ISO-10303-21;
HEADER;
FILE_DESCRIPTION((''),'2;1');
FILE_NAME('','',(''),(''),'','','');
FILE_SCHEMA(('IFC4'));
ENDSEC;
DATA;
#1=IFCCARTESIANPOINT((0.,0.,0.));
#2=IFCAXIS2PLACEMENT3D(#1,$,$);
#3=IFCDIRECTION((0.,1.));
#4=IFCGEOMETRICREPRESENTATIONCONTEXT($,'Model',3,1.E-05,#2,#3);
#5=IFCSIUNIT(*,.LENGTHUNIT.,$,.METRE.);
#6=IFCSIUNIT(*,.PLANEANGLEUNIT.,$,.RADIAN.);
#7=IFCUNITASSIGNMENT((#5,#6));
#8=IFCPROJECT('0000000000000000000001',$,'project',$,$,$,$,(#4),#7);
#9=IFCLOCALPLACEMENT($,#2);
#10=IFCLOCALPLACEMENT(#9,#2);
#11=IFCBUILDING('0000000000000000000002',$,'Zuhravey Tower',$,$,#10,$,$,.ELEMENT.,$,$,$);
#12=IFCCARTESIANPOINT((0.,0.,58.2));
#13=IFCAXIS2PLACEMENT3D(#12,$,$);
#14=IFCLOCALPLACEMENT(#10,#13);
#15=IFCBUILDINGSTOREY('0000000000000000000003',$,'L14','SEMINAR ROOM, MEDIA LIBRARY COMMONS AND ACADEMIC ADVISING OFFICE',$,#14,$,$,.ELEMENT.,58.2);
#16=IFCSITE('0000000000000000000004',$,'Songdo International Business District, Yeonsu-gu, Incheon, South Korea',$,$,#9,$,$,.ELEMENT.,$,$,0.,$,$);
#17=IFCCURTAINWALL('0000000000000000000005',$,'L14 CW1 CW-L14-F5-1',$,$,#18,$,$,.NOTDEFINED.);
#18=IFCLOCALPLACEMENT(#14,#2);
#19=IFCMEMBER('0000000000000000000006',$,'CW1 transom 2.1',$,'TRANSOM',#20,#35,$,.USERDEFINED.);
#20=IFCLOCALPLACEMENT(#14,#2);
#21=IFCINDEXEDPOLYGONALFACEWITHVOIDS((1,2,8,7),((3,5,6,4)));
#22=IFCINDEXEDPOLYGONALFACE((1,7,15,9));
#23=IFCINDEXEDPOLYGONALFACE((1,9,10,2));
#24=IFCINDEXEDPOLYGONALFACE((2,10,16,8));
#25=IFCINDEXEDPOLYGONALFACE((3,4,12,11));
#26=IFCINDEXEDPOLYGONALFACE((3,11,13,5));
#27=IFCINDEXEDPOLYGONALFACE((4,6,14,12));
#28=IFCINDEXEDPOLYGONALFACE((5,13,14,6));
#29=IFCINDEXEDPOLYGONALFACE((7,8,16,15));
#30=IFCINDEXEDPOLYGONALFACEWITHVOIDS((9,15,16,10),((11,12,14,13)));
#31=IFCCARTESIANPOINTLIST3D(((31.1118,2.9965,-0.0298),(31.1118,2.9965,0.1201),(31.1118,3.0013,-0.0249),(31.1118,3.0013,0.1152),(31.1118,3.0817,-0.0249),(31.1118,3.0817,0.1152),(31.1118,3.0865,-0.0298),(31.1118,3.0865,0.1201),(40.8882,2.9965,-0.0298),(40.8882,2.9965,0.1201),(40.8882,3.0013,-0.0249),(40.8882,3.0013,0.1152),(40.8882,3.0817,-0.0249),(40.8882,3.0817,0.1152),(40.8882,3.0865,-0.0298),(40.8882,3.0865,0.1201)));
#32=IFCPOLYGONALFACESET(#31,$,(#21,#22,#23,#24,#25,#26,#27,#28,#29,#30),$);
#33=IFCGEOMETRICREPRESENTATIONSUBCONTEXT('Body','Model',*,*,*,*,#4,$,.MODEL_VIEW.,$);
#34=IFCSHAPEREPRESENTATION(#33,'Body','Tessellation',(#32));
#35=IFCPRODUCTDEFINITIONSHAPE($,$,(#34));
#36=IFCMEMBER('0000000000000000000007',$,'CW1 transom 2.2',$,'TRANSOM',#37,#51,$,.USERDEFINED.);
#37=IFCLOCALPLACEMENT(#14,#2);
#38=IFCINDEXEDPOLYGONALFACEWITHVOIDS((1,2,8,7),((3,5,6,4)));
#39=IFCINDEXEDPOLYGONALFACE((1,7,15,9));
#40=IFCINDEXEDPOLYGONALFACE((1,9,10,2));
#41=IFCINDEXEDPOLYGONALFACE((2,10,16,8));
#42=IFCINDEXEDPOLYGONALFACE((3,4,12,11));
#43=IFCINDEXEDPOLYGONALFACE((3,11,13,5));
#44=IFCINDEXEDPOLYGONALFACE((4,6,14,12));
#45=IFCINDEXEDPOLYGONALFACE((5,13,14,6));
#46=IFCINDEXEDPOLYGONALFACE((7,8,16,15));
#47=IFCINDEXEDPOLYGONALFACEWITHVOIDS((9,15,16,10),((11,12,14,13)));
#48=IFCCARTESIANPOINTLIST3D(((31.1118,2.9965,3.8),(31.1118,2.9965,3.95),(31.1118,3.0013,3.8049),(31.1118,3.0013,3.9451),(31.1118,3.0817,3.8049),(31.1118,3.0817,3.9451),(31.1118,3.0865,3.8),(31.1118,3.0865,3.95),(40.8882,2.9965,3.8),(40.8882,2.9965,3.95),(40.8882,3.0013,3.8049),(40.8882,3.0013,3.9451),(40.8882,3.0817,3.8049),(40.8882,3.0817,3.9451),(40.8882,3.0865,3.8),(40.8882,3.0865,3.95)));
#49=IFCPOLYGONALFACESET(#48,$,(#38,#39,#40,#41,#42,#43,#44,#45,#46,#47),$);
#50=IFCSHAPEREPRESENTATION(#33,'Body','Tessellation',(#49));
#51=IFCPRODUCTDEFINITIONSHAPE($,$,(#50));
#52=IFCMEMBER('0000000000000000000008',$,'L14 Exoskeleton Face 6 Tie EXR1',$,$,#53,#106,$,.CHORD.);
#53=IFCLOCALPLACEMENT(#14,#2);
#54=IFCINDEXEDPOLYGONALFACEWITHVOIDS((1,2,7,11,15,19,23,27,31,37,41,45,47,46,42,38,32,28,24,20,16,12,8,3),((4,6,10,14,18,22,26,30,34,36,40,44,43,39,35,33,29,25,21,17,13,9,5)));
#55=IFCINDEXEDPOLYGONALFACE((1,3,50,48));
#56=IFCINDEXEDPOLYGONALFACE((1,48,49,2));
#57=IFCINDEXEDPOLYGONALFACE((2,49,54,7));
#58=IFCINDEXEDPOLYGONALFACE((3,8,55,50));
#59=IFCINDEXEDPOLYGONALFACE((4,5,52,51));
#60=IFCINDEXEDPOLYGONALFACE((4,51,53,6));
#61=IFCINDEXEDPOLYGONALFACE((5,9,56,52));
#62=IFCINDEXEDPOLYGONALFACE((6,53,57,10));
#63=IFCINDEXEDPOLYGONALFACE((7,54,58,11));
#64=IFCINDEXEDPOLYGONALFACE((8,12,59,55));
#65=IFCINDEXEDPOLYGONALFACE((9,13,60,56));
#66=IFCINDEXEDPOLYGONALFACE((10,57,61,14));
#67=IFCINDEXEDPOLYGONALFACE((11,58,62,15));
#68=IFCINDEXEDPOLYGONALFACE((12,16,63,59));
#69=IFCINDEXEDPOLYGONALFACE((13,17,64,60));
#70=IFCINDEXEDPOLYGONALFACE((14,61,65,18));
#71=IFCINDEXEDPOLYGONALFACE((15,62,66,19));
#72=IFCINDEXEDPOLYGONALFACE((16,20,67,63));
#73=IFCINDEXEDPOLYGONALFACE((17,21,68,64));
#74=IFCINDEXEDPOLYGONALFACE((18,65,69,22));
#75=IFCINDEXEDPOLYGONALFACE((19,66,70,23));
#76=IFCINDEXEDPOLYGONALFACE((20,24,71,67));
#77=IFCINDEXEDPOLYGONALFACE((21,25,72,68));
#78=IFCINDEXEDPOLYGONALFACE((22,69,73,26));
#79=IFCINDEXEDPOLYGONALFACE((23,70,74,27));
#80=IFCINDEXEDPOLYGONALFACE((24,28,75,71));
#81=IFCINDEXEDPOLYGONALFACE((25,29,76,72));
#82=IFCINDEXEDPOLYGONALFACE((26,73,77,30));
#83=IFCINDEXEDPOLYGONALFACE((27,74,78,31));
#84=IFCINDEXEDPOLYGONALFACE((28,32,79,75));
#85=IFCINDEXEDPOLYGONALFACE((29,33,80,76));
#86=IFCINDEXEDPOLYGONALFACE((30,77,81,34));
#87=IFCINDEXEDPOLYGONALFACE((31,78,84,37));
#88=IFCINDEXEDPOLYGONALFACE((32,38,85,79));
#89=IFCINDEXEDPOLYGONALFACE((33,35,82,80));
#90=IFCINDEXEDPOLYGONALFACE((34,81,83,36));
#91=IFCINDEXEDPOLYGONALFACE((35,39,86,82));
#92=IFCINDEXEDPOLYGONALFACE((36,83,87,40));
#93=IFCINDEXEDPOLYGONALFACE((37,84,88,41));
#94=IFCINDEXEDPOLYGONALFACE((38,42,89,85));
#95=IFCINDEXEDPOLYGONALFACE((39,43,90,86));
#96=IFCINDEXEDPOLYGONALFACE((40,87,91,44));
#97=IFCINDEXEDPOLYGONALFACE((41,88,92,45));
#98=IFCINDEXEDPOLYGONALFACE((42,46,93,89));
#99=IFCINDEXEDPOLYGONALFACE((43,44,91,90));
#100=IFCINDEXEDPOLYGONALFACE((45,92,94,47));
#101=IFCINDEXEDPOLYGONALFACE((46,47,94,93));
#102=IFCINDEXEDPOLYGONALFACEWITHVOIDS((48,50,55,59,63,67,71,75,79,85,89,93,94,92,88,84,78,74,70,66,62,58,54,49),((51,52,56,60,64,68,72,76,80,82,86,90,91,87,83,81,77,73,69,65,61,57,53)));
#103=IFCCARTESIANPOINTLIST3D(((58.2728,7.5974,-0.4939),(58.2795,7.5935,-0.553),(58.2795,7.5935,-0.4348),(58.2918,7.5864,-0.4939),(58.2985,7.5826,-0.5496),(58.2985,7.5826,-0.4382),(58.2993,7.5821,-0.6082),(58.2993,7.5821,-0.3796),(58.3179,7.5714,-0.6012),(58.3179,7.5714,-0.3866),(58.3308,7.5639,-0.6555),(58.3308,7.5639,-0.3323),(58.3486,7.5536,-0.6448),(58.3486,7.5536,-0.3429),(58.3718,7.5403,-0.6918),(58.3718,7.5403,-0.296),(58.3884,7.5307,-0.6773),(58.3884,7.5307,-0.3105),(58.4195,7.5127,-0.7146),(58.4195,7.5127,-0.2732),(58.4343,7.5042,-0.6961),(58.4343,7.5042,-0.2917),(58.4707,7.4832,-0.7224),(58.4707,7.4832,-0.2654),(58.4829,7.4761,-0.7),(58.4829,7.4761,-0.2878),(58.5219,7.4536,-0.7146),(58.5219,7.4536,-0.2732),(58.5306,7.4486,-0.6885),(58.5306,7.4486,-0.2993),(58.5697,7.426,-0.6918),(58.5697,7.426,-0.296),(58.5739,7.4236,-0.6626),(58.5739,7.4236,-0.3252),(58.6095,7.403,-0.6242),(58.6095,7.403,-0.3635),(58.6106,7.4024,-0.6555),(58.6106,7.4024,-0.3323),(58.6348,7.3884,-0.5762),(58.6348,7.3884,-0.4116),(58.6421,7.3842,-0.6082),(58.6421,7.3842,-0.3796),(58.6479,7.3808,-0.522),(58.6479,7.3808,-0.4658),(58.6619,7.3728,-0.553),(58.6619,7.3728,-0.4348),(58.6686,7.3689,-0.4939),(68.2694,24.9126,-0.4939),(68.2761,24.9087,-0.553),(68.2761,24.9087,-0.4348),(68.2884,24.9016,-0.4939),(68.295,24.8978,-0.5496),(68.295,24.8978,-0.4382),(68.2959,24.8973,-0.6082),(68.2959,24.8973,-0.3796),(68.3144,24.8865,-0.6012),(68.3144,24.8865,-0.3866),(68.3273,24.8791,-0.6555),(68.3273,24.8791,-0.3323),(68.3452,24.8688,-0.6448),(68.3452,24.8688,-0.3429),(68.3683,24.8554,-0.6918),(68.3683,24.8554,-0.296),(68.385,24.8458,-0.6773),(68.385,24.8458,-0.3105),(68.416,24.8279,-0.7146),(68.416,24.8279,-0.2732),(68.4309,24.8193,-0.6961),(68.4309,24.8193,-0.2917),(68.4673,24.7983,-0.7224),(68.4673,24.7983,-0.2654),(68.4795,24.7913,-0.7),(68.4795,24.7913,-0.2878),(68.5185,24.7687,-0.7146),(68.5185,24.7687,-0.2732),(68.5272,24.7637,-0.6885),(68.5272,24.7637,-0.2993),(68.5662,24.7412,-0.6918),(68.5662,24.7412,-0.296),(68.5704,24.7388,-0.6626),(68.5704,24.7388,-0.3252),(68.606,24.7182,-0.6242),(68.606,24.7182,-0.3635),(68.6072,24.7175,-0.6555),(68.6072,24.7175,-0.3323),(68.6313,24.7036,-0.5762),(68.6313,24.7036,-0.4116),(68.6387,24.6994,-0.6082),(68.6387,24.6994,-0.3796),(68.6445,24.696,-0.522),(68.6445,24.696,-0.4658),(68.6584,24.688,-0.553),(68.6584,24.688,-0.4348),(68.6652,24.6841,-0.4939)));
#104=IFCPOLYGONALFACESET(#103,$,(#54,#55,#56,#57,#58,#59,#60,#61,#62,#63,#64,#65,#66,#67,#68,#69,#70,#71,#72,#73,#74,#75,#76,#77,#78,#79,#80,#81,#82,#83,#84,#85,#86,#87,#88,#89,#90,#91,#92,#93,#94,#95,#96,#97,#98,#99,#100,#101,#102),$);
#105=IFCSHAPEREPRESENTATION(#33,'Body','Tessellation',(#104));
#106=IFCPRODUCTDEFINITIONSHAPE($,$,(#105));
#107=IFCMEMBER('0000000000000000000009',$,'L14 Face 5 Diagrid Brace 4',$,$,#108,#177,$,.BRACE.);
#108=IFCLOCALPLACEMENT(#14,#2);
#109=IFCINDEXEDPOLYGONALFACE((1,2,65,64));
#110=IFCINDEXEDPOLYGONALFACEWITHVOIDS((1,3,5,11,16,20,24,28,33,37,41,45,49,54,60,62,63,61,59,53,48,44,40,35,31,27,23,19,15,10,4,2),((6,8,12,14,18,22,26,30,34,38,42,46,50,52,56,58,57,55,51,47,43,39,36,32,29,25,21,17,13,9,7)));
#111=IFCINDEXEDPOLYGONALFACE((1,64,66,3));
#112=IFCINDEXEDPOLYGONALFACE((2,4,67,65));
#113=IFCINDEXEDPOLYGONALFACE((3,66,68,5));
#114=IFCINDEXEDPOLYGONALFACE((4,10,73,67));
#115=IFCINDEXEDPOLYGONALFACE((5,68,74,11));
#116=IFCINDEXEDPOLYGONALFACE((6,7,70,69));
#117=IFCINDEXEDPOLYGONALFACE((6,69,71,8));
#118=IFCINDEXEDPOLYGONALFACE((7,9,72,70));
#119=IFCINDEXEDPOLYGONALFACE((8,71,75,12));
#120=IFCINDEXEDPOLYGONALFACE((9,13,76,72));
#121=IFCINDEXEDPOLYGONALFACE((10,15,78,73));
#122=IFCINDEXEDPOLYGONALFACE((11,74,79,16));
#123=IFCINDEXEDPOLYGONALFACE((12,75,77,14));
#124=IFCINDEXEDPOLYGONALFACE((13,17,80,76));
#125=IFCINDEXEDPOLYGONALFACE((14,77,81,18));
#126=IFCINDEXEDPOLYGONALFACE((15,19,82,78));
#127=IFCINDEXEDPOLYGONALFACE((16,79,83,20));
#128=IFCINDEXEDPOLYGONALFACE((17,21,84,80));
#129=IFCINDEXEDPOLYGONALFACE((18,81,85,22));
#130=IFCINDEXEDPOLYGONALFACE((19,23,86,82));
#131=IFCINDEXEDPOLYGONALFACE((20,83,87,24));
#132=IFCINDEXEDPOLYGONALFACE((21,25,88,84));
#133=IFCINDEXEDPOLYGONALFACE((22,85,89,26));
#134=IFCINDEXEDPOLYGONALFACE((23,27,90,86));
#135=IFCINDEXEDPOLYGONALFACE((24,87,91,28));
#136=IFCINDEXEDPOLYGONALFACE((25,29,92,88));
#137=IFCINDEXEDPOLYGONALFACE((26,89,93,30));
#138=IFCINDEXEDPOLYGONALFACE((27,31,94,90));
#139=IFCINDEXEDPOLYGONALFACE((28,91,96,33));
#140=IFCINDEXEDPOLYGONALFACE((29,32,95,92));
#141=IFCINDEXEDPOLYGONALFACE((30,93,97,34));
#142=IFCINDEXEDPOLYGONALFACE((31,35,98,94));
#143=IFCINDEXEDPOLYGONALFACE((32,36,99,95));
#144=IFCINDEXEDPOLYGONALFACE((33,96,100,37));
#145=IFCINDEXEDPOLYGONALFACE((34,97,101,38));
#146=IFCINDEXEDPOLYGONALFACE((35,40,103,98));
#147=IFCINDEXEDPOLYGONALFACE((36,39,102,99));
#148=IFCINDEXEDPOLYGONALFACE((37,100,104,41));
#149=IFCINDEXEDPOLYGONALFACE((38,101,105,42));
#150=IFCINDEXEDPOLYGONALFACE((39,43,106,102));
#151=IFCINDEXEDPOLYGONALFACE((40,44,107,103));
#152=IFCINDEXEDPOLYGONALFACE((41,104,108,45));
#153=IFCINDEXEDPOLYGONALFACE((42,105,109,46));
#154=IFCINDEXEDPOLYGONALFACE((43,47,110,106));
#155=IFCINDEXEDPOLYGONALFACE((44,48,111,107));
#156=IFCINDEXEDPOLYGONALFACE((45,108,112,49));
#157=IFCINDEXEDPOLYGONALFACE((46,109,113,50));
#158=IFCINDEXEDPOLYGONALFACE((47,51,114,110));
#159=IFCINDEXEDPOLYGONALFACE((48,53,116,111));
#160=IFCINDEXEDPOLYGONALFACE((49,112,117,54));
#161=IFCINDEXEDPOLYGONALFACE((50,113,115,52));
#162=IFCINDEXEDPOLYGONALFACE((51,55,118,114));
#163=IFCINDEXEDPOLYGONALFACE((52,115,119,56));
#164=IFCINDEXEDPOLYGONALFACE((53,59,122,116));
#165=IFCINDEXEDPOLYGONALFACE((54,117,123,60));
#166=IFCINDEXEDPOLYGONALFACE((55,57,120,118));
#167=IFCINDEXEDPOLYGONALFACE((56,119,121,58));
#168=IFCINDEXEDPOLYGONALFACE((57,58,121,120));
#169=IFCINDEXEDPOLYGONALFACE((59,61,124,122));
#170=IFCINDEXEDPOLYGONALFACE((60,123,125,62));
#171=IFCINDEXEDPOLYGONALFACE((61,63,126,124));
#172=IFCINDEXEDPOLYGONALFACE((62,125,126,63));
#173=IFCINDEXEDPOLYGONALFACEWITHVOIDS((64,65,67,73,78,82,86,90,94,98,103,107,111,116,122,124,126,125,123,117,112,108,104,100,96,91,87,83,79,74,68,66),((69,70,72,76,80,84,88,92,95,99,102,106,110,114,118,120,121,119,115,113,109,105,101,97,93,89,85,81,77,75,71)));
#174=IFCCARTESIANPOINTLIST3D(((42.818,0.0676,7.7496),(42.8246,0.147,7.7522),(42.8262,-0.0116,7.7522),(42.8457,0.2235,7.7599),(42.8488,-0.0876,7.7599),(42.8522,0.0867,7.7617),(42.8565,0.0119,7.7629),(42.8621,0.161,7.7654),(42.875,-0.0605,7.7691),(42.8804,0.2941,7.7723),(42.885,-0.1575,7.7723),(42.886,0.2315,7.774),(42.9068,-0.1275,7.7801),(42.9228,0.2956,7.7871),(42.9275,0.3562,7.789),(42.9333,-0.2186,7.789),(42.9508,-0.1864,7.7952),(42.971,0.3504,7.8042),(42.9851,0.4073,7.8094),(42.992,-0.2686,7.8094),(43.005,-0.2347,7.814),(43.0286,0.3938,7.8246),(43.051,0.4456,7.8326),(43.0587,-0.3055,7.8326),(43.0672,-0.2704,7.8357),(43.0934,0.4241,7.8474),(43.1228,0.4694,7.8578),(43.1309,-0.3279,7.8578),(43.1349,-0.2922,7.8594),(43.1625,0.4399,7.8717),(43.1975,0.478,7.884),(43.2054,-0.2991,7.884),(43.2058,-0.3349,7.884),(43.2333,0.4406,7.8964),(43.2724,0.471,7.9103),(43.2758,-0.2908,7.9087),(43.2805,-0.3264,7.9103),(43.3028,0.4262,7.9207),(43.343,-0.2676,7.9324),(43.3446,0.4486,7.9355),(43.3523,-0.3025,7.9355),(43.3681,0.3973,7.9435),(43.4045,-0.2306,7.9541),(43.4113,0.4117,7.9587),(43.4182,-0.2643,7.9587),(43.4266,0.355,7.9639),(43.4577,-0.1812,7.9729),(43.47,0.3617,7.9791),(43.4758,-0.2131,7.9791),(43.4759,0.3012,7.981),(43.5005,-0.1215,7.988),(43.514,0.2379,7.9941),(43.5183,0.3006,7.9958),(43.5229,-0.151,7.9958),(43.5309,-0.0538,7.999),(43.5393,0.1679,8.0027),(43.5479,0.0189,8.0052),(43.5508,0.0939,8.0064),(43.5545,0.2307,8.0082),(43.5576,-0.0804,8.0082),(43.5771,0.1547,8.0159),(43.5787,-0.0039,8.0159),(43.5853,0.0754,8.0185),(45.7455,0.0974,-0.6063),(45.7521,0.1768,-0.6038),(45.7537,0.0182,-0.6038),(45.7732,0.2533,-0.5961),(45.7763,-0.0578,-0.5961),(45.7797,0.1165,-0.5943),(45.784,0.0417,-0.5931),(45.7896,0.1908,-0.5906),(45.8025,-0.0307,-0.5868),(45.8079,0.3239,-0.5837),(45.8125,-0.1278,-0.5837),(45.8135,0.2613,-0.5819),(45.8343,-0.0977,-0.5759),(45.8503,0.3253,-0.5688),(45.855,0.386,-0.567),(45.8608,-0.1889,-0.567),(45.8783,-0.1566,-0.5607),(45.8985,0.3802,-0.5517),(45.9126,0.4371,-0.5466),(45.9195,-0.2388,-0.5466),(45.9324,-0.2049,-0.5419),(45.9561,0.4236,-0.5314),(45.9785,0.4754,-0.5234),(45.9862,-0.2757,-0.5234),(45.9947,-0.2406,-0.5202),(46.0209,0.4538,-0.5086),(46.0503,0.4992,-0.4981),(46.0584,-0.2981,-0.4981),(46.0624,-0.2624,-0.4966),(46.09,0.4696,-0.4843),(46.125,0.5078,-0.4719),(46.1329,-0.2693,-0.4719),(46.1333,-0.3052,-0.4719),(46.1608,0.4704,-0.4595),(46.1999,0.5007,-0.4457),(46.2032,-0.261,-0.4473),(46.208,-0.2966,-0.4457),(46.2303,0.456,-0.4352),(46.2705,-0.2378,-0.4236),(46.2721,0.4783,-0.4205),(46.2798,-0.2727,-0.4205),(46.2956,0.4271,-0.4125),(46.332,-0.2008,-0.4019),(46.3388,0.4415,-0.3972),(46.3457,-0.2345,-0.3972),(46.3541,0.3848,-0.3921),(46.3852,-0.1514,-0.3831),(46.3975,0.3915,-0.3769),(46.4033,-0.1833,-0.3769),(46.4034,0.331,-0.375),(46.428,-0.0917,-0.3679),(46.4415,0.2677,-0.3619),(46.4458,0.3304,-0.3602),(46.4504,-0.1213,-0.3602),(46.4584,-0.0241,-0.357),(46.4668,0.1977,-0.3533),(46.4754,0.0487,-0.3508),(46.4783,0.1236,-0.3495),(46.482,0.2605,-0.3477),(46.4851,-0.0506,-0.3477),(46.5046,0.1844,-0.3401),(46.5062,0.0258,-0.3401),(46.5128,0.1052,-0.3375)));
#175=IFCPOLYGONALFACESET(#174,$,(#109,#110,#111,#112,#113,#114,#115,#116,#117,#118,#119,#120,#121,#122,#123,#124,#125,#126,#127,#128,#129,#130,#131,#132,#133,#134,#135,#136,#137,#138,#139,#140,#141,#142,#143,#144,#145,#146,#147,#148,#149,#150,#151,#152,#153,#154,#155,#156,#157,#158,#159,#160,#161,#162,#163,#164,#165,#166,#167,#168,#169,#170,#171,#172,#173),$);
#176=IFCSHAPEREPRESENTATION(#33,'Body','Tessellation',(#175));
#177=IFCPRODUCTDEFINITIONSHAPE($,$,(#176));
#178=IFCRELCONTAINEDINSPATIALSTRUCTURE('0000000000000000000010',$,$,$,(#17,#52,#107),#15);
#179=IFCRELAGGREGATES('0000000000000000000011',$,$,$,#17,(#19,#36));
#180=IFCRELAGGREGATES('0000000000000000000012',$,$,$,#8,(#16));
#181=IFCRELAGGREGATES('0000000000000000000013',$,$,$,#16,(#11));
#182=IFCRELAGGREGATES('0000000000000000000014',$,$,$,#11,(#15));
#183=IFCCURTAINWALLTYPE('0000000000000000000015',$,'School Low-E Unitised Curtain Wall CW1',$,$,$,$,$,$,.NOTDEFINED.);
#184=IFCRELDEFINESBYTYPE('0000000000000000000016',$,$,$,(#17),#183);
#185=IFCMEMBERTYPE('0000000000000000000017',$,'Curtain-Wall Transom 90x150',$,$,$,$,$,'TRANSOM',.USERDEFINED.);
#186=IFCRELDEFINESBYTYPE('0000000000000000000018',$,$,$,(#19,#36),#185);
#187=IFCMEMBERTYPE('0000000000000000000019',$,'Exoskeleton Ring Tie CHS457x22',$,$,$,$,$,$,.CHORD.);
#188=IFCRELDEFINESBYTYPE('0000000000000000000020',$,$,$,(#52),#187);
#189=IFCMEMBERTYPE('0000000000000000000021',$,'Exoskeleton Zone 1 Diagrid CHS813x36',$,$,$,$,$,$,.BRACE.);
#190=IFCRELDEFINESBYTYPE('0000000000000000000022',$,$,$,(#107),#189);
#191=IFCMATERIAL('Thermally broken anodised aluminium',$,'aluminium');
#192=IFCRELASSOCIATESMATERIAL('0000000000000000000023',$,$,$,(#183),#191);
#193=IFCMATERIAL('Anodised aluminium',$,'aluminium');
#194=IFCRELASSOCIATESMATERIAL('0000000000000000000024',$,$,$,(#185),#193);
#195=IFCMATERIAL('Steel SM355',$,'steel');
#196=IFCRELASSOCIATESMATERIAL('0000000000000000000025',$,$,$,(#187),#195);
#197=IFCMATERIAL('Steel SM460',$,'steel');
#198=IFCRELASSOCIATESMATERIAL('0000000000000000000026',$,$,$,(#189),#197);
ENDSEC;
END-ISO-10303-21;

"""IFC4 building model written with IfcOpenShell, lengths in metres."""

from ifc_helpers import new_model, si_unit, direction, frame, origin, origin_2d, place, context, subcontext, project, spatial, hollow_rectangle, hollow_circle, extrude, material, material_profile, profile_set, type_object, element, aggregate, save


model = new_model("IFC4")

# Units and contexts
model_context = context("Model", 3, precision=1e-05, world=origin(), true_north=direction((0.0, 1.0)))
body_context = subcontext(model_context, "Body", "Model", "MODEL_VIEW")
ifc_project = project(units=[si_unit("LENGTHUNIT", "METRE"), si_unit("PLANEANGLEUNIT", "RADIAN")], contexts=[model_context])

# Site, building, storey
site_placement = place(None, origin())
site = spatial("IfcSite", under=ifc_project, at=site_placement, Name="Songdo International Business District, Yeonsu-gu, Incheon, South Korea", CompositionType="ELEMENT", RefElevation=0.0)
building_placement = place(site_placement, origin())
building = spatial("IfcBuilding", under=site, at=building_placement, Name="Zuhravey Tower", CompositionType="ELEMENT")
storey_placement = place(building_placement, frame((0.0, 0.0, 58.2)))
storey = spatial("IfcBuildingStorey", under=building, at=storey_placement, Name="L14", Description="SEMINAR ROOM, MEDIA LIBRARY COMMONS AND ACADEMIC ADVISING OFFICE", CompositionType="ELEMENT", Elevation=58.2)

# Curtain wall
ifc_material_1 = material(Name="Thermally broken anodised aluminium", Category="aluminium")
curtain_wall_type = type_object("IfcCurtainWallType", Name="School Low-E Unitised Curtain Wall CW1", PredefinedType="NOTDEFINED", material=ifc_material_1)
ifc_material_2 = material(Name="Anodised aluminium", Category="aluminium")
curtain_wall_1_placement = place(storey_placement, origin())
curtain_wall_1 = element("IfcCurtainWall", 1, at=curtain_wall_1_placement, inside=storey, type_object=curtain_wall_type, Name="L14 CW1 CW-L14-F5-1", PredefinedType="NOTDEFINED")

# Members
ifc_material_profile_1 = material_profile(ifc_material_2, hollow_rectangle(XDim=0.0901, YDim=0.1499, WallThickness=0.0049, at=origin_2d()), Name="ALU-RHS-90x150x5")
ifc_profile_set_1 = profile_set([ifc_material_profile_1], Name="Anodised aluminium")
member_type_1 = type_object("IfcMemberType", Name="Curtain-Wall Transom 90x150", ElementType="TRANSOM", PredefinedType="USERDEFINED", material=ifc_profile_set_1)
member_1_placement = place(storey_placement, frame((40.8882, 3.0415, 0.0452), z_axis=(-1.0, 0.0, 0.0), x_axis=(0.0, -1.0, 0.0)))
member_1 = element("IfcMember", 2, at=member_1_placement, type_object=member_type_1, Name="CW1 transom 2.1", ObjectType="TRANSOM", PredefinedType="USERDEFINED", context=body_context, shape_type="SweptSolid", body=[
    extrude(hollow_rectangle(XDim=0.0901, YDim=0.1499, WallThickness=0.0049, at=origin_2d()), origin(), (0.0, 0.0, 1.0), 9.7764),
])
member_2_placement = place(storey_placement, frame((40.8882, 3.0415, 3.875), z_axis=(-1.0, 0.0, 0.0), x_axis=(0.0, -1.0, 0.0)))
member_2 = element("IfcMember", 3, at=member_2_placement, type_object=member_type_1, Name="CW1 transom 2.2", ObjectType="TRANSOM", PredefinedType="USERDEFINED", context=body_context, shape_type="SweptSolid", body=[
    extrude(hollow_rectangle(XDim=0.0901, YDim=0.1499, WallThickness=0.0049, at=origin_2d()), origin(), (0.0, 0.0, 1.0), 9.7764),
])

# Members
ifc_material_3 = material(Name="Steel SM355", Category="steel")
ifc_material_profile_2 = material_profile(ifc_material_3, hollow_circle(Radius=0.2285, WallThickness=0.022, at=origin_2d()), Name="CHS-457.2x22")
ifc_profile_set_2 = profile_set([ifc_material_profile_2], Name="Steel SM355")
member_type_2 = type_object("IfcMemberType", Name="Exoskeleton Ring Tie CHS457x22", PredefinedType="CHORD", material=ifc_profile_set_2)
member_3_placement = place(storey_placement, frame((58.4707, 7.4832, -0.4939), z_axis=(0.499987, 0.866033, 0.0), x_axis=(-0.866033, 0.499987, 0.0)))
element("IfcMember", 4, at=member_3_placement, inside=storey, type_object=member_type_2, Name="L14 Exoskeleton Face 6 Tie EXR1", PredefinedType="CHORD", context=body_context, shape_type="SweptSolid", body=[
    extrude(hollow_circle(Radius=0.2285, WallThickness=0.022, at=origin_2d()), origin(), (0.0, 0.0, 1.0), 19.9937),
])
ifc_material_4 = material(Name="Steel SM460", Category="steel")
ifc_material_profile_3 = material_profile(ifc_material_4, hollow_circle(Radius=0.4065, WallThickness=0.0359, at=origin_2d()), Name="CHS-812.8x36")
ifc_profile_set_3 = profile_set([ifc_material_profile_3], Name="Steel SM460")
member_type_3 = type_object("IfcMemberType", Name="Exoskeleton Zone 1 Diagrid CHS813x36", PredefinedType="BRACE", material=ifc_profile_set_3)
member_4_placement = place(storey_placement, frame((46.1292, 0.1013, -0.4719), z_axis=(-0.330641, -0.003364, 0.943751), x_axis=(0.010174, -0.999948, 0.0)))
element("IfcMember", 5, at=member_4_placement, inside=storey, type_object=member_type_3, Name="L14 Face 5 Diagrid Brace 4", PredefinedType="BRACE", context=body_context, shape_type="SweptSolid", body=[
    extrude(hollow_circle(Radius=0.4065, WallThickness=0.0359, at=origin_2d()), origin(), (0.0, 0.0, 1.0), 8.854),
])

aggregate(curtain_wall_1, [member_1, member_2])

save(model, "model.ifc")
